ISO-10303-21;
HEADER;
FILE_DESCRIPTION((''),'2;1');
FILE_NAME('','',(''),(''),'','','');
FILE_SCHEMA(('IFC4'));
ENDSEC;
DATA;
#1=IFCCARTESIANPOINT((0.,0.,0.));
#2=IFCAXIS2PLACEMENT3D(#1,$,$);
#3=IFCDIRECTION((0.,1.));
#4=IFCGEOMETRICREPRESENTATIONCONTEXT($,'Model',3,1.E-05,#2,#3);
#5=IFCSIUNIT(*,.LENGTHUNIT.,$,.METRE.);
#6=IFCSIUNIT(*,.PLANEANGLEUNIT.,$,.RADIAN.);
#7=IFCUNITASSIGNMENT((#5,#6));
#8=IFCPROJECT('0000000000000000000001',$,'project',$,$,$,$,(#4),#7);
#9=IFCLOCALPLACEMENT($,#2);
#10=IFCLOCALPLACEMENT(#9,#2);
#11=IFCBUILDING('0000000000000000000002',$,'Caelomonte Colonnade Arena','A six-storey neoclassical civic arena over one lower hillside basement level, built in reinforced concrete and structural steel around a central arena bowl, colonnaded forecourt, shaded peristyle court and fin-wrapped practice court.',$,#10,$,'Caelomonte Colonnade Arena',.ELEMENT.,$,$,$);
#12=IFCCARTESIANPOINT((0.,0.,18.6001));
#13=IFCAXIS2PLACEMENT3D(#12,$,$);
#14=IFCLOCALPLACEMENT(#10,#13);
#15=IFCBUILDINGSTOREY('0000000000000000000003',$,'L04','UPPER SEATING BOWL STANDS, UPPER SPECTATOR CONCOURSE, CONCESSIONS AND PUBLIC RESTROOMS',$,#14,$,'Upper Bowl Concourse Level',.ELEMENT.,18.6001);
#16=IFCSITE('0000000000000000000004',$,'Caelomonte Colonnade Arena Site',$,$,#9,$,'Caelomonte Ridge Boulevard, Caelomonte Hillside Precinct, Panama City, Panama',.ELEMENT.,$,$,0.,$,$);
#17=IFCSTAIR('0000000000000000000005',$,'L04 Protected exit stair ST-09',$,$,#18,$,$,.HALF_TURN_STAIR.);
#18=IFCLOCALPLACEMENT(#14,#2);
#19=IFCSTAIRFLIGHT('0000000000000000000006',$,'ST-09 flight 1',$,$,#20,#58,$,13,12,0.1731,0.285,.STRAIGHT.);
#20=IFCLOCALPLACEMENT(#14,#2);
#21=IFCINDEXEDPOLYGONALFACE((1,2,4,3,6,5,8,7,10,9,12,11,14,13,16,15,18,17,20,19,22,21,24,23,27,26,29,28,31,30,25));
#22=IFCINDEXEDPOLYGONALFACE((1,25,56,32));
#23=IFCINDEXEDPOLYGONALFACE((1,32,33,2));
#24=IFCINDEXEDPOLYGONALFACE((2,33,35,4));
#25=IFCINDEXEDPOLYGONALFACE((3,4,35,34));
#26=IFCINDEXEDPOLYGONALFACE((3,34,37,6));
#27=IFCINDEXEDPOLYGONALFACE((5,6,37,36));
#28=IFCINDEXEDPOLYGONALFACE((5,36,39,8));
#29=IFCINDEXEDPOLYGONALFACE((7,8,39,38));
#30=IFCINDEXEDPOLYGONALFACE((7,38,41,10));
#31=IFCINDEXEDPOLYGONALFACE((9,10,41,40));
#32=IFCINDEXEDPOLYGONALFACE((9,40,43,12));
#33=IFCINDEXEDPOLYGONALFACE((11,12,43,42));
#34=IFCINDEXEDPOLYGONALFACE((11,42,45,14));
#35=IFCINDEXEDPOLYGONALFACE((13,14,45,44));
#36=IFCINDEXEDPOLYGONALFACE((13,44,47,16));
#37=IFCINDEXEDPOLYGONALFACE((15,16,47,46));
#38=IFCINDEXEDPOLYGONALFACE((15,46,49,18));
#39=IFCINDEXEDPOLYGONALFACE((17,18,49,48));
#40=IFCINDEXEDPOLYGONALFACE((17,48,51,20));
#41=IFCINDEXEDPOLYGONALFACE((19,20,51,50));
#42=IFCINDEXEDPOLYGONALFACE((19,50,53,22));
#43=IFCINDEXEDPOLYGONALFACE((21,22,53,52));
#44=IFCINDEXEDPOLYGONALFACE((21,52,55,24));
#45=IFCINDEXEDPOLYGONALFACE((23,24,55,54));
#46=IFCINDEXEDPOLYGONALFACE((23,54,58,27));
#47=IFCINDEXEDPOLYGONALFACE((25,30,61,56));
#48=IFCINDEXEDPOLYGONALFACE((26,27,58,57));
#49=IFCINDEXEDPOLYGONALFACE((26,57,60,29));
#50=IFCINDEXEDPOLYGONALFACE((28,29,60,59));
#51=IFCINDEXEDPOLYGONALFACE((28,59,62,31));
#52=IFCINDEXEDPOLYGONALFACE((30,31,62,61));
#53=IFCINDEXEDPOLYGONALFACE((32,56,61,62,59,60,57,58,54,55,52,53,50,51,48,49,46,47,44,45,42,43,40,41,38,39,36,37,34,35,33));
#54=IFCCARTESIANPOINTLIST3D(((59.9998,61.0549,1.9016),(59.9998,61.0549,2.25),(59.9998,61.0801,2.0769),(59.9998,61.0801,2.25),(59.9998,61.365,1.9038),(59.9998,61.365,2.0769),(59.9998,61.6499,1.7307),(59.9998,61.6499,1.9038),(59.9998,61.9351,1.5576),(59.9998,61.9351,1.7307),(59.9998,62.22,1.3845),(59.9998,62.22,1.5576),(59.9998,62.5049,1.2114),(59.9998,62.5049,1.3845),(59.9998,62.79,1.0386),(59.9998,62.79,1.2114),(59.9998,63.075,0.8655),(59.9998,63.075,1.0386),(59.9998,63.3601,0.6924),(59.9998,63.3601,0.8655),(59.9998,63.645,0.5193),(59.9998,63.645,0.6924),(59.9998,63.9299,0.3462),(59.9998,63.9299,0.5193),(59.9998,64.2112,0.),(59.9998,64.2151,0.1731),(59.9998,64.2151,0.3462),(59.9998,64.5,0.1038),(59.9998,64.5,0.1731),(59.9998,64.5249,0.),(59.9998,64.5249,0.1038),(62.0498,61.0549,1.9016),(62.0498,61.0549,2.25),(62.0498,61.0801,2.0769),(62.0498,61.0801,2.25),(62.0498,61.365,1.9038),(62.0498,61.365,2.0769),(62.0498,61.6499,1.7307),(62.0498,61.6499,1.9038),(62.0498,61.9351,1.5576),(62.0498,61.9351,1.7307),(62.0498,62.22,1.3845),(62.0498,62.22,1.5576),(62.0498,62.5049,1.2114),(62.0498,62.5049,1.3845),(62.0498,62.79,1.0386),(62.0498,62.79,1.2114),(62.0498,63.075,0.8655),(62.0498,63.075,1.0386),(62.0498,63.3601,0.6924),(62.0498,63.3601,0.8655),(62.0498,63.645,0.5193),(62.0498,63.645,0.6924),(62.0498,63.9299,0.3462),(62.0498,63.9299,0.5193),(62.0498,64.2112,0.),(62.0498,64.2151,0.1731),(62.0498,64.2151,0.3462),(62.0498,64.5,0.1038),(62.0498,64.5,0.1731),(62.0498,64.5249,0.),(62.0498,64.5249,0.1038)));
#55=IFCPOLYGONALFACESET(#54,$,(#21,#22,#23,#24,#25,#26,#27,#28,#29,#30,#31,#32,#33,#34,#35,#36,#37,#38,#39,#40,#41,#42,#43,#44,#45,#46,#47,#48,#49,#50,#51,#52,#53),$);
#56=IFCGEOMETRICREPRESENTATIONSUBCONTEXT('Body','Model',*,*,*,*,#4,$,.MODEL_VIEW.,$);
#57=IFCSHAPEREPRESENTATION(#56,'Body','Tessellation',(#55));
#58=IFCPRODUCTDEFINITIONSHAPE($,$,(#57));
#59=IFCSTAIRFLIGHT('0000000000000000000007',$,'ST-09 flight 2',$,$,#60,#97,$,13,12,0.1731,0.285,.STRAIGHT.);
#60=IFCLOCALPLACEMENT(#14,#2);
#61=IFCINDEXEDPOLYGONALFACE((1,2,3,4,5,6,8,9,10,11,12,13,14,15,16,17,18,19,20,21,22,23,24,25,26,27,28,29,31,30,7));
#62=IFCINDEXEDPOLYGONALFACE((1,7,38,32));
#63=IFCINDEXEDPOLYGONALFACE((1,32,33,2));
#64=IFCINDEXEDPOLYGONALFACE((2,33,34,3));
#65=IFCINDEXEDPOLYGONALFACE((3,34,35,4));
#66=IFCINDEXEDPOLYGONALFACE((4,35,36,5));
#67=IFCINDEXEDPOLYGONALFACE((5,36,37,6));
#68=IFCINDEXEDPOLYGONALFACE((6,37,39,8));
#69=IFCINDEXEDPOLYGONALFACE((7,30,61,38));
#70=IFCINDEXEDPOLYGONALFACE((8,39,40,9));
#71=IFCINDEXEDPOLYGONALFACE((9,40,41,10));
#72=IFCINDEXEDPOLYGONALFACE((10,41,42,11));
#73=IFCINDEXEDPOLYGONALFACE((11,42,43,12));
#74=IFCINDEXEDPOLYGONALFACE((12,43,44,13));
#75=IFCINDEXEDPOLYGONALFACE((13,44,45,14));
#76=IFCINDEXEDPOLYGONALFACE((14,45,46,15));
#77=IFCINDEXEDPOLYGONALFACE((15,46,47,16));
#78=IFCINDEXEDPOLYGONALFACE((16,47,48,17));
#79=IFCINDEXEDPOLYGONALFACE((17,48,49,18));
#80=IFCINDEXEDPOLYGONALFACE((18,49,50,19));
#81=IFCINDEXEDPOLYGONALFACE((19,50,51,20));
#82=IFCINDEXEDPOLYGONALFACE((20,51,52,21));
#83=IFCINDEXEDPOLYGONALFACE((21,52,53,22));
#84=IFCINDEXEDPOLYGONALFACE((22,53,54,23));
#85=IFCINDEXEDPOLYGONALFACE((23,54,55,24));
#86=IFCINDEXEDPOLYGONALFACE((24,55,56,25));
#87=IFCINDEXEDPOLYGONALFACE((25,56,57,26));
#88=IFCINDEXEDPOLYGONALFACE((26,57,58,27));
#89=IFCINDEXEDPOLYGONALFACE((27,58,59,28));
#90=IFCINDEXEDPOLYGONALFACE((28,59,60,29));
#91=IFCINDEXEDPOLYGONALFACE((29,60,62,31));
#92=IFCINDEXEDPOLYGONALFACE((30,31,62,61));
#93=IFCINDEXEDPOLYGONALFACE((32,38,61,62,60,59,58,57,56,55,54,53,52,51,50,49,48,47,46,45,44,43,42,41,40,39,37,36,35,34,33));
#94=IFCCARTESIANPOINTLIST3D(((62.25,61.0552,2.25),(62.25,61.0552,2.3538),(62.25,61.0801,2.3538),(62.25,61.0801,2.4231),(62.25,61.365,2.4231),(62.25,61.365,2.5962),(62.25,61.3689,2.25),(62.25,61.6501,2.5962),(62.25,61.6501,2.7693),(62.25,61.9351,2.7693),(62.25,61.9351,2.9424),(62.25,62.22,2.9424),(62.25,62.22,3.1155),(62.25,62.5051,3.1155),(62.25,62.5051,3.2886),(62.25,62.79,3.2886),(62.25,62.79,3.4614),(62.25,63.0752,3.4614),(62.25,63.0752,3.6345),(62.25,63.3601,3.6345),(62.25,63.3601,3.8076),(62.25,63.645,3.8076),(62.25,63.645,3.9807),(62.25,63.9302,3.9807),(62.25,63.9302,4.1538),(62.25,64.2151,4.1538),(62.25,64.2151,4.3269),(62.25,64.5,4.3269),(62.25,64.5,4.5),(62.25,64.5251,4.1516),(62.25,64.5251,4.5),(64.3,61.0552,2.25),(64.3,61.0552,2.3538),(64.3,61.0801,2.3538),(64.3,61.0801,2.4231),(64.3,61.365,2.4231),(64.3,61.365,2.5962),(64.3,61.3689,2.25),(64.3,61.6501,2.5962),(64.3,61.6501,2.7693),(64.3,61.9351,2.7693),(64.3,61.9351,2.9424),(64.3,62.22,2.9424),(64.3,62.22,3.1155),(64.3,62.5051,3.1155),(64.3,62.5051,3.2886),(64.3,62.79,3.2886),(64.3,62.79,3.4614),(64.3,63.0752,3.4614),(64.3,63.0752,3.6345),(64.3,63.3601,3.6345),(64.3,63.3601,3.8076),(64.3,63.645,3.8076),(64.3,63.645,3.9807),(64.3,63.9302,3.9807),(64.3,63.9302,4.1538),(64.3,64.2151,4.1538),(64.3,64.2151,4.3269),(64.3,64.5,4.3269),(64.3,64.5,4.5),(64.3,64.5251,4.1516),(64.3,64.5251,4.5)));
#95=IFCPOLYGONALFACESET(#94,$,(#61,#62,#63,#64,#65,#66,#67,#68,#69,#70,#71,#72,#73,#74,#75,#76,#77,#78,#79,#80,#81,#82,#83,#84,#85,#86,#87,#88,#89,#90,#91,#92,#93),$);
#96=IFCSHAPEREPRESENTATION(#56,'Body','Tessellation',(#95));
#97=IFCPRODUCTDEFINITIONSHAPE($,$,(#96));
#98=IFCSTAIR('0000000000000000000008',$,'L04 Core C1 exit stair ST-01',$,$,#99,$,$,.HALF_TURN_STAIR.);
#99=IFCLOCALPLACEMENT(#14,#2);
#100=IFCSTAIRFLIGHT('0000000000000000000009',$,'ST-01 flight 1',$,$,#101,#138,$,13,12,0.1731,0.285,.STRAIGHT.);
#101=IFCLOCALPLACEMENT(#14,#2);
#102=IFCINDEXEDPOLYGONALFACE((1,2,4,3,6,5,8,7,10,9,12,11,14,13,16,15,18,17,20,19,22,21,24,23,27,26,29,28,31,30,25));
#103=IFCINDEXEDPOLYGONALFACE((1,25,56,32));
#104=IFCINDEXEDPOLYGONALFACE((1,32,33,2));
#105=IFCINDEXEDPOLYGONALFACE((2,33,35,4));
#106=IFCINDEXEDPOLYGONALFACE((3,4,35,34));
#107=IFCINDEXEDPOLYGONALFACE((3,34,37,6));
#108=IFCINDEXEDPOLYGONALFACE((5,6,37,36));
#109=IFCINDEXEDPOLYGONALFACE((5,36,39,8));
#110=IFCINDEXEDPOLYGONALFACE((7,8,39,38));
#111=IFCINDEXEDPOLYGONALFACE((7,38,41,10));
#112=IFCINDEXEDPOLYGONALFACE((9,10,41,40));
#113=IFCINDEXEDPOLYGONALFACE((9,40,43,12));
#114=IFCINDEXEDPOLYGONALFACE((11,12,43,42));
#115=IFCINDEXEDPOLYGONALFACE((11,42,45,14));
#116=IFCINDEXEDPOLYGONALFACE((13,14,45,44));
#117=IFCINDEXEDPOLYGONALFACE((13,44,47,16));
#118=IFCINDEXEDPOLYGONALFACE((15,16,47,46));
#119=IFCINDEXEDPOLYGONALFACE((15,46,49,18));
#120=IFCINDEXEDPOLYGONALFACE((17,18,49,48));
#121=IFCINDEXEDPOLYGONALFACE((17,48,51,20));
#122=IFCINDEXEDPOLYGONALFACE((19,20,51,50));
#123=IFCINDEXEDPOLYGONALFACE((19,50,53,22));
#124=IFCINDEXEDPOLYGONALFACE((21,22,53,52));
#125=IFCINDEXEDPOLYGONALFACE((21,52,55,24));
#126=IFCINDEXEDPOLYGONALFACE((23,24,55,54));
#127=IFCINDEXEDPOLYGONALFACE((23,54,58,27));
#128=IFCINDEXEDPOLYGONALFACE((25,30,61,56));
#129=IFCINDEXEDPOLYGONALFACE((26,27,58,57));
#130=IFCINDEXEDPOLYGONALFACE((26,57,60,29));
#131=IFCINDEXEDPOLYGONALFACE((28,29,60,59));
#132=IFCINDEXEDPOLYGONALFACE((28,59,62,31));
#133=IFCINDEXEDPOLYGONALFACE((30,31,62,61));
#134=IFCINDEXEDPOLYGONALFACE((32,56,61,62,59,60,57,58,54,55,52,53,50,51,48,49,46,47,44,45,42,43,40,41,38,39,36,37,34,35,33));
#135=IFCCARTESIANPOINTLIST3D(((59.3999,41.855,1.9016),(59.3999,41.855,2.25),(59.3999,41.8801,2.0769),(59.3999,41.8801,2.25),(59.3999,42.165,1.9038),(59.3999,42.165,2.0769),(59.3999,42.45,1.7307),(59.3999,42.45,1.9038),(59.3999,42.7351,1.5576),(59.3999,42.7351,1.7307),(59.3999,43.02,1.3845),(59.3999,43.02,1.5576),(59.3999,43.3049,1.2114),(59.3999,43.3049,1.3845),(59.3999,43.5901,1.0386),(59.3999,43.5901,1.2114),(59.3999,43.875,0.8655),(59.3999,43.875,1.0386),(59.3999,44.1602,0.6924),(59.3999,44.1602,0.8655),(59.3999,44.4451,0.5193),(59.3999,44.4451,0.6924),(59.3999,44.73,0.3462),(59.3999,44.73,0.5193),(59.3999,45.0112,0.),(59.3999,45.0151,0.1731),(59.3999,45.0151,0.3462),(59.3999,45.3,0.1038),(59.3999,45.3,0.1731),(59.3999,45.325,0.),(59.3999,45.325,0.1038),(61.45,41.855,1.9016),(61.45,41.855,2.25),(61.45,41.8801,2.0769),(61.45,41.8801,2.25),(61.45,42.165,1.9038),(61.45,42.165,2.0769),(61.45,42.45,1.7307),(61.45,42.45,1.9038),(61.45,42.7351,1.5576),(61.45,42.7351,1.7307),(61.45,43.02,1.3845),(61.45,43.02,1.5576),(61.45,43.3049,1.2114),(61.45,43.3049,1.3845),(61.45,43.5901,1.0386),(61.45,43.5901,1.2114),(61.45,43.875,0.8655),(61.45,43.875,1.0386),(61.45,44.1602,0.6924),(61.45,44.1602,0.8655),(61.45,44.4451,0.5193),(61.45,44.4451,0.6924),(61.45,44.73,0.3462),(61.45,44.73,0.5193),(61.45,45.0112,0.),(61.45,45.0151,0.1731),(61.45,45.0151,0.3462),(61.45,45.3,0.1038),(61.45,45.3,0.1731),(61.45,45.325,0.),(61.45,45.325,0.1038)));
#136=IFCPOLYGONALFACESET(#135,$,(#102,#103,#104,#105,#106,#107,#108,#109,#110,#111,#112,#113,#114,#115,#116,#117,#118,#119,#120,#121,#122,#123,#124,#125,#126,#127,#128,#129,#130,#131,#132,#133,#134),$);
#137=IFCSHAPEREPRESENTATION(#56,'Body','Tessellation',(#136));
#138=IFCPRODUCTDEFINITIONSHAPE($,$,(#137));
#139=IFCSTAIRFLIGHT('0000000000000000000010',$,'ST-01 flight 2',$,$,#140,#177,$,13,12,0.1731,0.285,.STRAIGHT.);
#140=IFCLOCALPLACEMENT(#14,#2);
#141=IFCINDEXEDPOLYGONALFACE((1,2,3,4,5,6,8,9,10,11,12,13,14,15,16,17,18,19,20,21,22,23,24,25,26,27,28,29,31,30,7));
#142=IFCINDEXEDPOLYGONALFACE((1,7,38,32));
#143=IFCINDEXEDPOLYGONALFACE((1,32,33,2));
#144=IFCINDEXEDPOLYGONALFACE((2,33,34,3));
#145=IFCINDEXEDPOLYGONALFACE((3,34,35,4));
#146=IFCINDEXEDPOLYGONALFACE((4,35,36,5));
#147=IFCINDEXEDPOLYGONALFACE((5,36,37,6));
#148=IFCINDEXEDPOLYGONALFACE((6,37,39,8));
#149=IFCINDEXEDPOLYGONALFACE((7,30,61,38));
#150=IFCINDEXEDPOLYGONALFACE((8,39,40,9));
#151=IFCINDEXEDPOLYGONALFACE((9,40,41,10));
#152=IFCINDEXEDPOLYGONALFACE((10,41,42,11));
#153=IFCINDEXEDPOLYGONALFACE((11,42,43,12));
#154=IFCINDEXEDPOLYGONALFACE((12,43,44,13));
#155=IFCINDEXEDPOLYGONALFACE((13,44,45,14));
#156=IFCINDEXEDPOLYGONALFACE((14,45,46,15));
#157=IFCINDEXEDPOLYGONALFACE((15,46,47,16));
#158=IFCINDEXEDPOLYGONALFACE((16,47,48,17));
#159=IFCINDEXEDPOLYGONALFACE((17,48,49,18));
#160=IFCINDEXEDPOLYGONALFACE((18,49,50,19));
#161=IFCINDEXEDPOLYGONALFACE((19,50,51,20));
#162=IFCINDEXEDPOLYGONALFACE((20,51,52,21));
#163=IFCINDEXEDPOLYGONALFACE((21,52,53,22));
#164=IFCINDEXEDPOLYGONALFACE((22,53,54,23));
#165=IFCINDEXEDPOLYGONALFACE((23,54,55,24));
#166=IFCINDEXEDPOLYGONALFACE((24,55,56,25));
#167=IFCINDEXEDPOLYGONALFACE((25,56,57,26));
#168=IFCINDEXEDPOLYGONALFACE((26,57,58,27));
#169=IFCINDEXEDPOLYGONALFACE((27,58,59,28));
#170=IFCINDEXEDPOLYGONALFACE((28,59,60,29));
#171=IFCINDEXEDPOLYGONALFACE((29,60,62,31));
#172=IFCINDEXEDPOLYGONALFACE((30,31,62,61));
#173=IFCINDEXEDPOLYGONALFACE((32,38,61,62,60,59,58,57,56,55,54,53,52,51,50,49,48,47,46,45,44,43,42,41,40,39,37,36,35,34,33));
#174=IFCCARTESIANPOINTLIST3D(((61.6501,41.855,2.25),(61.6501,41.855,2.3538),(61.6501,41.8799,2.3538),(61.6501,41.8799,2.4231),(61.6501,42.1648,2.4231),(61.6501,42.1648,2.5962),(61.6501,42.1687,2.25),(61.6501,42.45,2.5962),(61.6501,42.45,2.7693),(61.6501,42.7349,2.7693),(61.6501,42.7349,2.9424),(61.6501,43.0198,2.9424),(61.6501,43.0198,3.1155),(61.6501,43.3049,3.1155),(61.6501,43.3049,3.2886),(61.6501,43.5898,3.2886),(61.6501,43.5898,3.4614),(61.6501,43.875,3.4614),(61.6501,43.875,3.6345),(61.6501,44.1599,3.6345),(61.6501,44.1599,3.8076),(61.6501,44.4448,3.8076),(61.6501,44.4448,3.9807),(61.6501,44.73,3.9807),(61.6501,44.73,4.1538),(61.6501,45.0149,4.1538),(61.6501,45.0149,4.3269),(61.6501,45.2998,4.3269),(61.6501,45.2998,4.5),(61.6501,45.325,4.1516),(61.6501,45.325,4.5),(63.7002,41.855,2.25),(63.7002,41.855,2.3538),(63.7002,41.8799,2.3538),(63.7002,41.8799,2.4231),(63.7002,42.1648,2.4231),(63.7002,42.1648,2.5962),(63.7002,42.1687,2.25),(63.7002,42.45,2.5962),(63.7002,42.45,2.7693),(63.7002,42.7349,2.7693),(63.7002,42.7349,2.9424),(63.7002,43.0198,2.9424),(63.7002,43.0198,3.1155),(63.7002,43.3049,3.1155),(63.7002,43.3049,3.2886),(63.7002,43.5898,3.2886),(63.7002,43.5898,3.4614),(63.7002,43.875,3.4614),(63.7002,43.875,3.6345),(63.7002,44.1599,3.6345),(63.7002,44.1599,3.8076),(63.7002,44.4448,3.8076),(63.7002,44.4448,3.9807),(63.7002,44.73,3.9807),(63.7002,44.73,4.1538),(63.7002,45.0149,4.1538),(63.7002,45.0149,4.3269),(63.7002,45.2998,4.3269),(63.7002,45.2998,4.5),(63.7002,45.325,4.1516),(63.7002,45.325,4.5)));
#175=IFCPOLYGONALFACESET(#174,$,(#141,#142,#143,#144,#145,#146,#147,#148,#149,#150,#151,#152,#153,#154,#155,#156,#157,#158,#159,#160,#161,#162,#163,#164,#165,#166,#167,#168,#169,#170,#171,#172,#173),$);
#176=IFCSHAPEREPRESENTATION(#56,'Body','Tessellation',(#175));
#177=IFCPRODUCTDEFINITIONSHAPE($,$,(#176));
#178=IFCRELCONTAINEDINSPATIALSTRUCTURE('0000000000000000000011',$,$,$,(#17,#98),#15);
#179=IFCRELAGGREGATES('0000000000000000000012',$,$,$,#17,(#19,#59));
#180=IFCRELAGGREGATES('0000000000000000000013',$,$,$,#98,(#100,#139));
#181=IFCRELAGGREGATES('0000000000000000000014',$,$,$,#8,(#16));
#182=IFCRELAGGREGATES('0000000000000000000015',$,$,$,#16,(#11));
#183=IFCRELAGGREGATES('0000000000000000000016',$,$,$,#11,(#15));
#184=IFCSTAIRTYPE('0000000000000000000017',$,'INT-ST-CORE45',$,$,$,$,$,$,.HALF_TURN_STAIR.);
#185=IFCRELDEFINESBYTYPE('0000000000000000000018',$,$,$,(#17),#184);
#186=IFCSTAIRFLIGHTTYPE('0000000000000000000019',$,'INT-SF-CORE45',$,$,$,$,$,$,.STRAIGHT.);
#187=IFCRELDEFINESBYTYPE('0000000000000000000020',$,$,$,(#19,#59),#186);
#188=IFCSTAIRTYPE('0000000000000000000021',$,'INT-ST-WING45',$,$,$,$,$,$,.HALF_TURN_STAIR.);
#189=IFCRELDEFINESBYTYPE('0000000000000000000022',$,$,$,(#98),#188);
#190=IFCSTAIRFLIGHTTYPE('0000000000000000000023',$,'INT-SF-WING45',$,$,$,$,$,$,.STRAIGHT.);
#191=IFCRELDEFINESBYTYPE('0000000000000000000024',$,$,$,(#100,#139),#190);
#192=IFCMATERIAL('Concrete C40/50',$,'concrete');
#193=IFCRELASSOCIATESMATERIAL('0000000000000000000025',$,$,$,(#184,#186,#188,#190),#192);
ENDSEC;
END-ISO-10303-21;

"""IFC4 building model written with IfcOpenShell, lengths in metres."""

from ifc_helpers import new_model, si_unit, direction, frame, origin, place, context, subcontext, project, spatial, polyline, outline, extrude, material, type_object, element, aggregate, save


model = new_model("IFC4")

# Units and contexts
model_context = context("Model", 3, precision=1e-05, world=origin(), true_north=direction((0.0, 1.0)))
body_context = subcontext(model_context, "Body", "Model", "MODEL_VIEW")
ifc_project = project(units=[si_unit("LENGTHUNIT", "METRE"), si_unit("PLANEANGLEUNIT", "RADIAN")], contexts=[model_context])

# Site, building, storey
site_placement = place(None, origin())
site = spatial("IfcSite", under=ifc_project, at=site_placement, Name="Caelomonte Colonnade Arena Site", LongName="Caelomonte Ridge Boulevard, Caelomonte Hillside Precinct, Panama City, Panama", CompositionType="ELEMENT", RefElevation=0.0)
building_placement = place(site_placement, origin())
building = spatial("IfcBuilding", under=site, at=building_placement, Name="Caelomonte Colonnade Arena", Description="A six-storey neoclassical civic arena over one lower hillside basement level, built in reinforced concrete and structural steel around a central arena bowl, colonnaded forecourt, shaded peristyle court and fin-wrapped practice court.", LongName="Caelomonte Colonnade Arena", CompositionType="ELEMENT")
storey_placement = place(building_placement, frame((0.0, 0.0, 18.6001)))
storey = spatial("IfcBuildingStorey", under=building, at=storey_placement, Name="L04", Description="UPPER SEATING BOWL STANDS, UPPER SPECTATOR CONCOURSE, CONCESSIONS AND PUBLIC RESTROOMS", LongName="Upper Bowl Concourse Level", CompositionType="ELEMENT", Elevation=18.6001)

# Shared definitions
ifc_material_1 = material(Name="Concrete C40/50", Category="concrete")

# Stairs, stair flights
stair_type_1 = type_object("IfcStairType", Name="INT-ST-CORE45", PredefinedType="HALF_TURN_STAIR", material=ifc_material_1)
stair_1_placement = place(storey_placement, origin())
stair_1 = element("IfcStair", 1, at=stair_1_placement, inside=storey, type_object=stair_type_1, Name="L04 Protected exit stair ST-09", PredefinedType="HALF_TURN_STAIR")
stair_flight_type_1 = type_object("IfcStairFlightType", Name="INT-SF-CORE45", PredefinedType="STRAIGHT", material=ifc_material_1)
stair_flight_1_placement = place(storey_placement, frame((61.0249, 64.5, 0.0), z_axis=(0.0, 0.0, 1.0), x_axis=(0.0, -1.0, 0.0)))
stair_flight_1 = element("IfcStairFlight", 2, at=stair_flight_1_placement, type_object=stair_flight_type_1, Name="ST-09 flight 1", NumberOfRisers=13, NumberOfTreads=12, PredefinedType="STRAIGHT", RiserHeight=0.1731, TreadLength=0.285, context=body_context, shape_type="SweptSolid", body=[
    extrude(outline(polyline([(-0.0249, 0.0), (-0.0249, 0.1038), (0.0, 0.1038), (0.0, 0.1731), (0.2849, 0.1731), (0.2849, 0.3462), (0.5701, 0.3462), (0.5701, 0.5193), (0.855, 0.5193), (0.855, 0.6924), (1.1399, 0.6924), (1.1399, 0.8655), (1.425, 0.8655), (1.425, 1.0386), (1.71, 1.0386), (1.71, 1.2114), (1.9951, 1.2114), (1.9951, 1.3845), (2.28, 1.3845), (2.28, 1.5576), (2.5649, 1.5576), (2.5649, 1.7307), (2.8501, 1.7307), (2.8501, 1.9038), (3.135, 1.9038), (3.135, 2.0769), (3.4199, 2.0769), (3.4199, 2.25), (3.4451, 2.25), (3.4451, 1.9016), (0.2888, 0.0), (-0.0249, 0.0)])), frame((0.0, 1.0249, 0.0), z_axis=(0.0, -1.0, 0.0), x_axis=(1.0, 0.0, 0.0)), (0.0, 0.0, 1.0), 2.05),
])
stair_flight_2_placement = place(storey_placement, frame((63.2749, 61.0801, 2.25), z_axis=(0.0, 0.0, 1.0), x_axis=(0.0, 1.0, 0.0)))
stair_flight_2 = element("IfcStairFlight", 3, at=stair_flight_2_placement, type_object=stair_flight_type_1, Name="ST-09 flight 2", NumberOfRisers=13, NumberOfTreads=12, PredefinedType="STRAIGHT", RiserHeight=0.1731, TreadLength=0.285, context=body_context, shape_type="SweptSolid", body=[
    extrude(outline(polyline([(-0.0249, 0.0), (-0.0249, 0.1038), (0.0, 0.1038), (0.0, 0.1731), (0.2849, 0.1731), (0.2849, 0.3462), (0.5701, 0.3462), (0.5701, 0.5193), (0.855, 0.5193), (0.855, 0.6924), (1.1399, 0.6924), (1.1399, 0.8655), (1.425, 0.8655), (1.425, 1.0386), (1.71, 1.0386), (1.71, 1.2114), (1.9951, 1.2114), (1.9951, 1.3845), (2.28, 1.3845), (2.28, 1.5576), (2.5649, 1.5576), (2.5649, 1.7307), (2.8501, 1.7307), (2.8501, 1.9038), (3.135, 1.9038), (3.135, 2.0769), (3.4199, 2.0769), (3.4199, 2.25), (3.4451, 2.25), (3.4451, 1.9016), (0.2888, 0.0), (-0.0249, 0.0)])), frame((0.0, 1.0249, 0.0), z_axis=(0.0, -1.0, 0.0), x_axis=(1.0, 0.0, 0.0)), (0.0, 0.0, 1.0), 2.05),
])
aggregate(stair_1, [stair_flight_1, stair_flight_2])
stair_type_2 = type_object("IfcStairType", Name="INT-ST-WING45", PredefinedType="HALF_TURN_STAIR", material=ifc_material_1)
stair_2_placement = place(storey_placement, origin())
stair_2 = element("IfcStair", 4, at=stair_2_placement, inside=storey, type_object=stair_type_2, Name="L04 Core C1 exit stair ST-01", PredefinedType="HALF_TURN_STAIR")
stair_flight_type_2 = type_object("IfcStairFlightType", Name="INT-SF-WING45", PredefinedType="STRAIGHT", material=ifc_material_1)
stair_flight_3_placement = place(storey_placement, frame((60.425, 45.3, 0.0), z_axis=(0.0, 0.0, 1.0), x_axis=(0.0, -1.0, 0.0)))
stair_flight_3 = element("IfcStairFlight", 5, at=stair_flight_3_placement, type_object=stair_flight_type_2, Name="ST-01 flight 1", NumberOfRisers=13, NumberOfTreads=12, PredefinedType="STRAIGHT", RiserHeight=0.1731, TreadLength=0.285, context=body_context, shape_type="SweptSolid", body=[
    extrude(outline(polyline([(-0.0249, 0.0), (-0.0249, 0.1038), (0.0, 0.1038), (0.0, 0.1731), (0.2849, 0.1731), (0.2849, 0.3462), (0.5701, 0.3462), (0.5701, 0.5193), (0.855, 0.5193), (0.855, 0.6924), (1.1399, 0.6924), (1.1399, 0.8655), (1.425, 0.8655), (1.425, 1.0386), (1.71, 1.0386), (1.71, 1.2114), (1.9951, 1.2114), (1.9951, 1.3845), (2.28, 1.3845), (2.28, 1.5576), (2.5649, 1.5576), (2.5649, 1.7307), (2.8501, 1.7307), (2.8501, 1.9038), (3.135, 1.9038), (3.135, 2.0769), (3.4199, 2.0769), (3.4199, 2.25), (3.4451, 2.25), (3.4451, 1.9016), (0.2888, 0.0), (-0.0249, 0.0)])), frame((0.0, 1.0249, 0.0), z_axis=(0.0, -1.0, 0.0), x_axis=(1.0, 0.0, 0.0)), (0.0, 0.0, 1.0), 2.05),
])
stair_flight_4_placement = place(storey_placement, frame((62.675, 41.8799, 2.25), z_axis=(0.0, 0.0, 1.0), x_axis=(0.0, 1.0, 0.0)))
stair_flight_4 = element("IfcStairFlight", 6, at=stair_flight_4_placement, type_object=stair_flight_type_2, Name="ST-01 flight 2", NumberOfRisers=13, NumberOfTreads=12, PredefinedType="STRAIGHT", RiserHeight=0.1731, TreadLength=0.285, context=body_context, shape_type="SweptSolid", body=[
    extrude(outline(polyline([(-0.0249, 0.0), (-0.0249, 0.1038), (0.0, 0.1038), (0.0, 0.1731), (0.2849, 0.1731), (0.2849, 0.3462), (0.5701, 0.3462), (0.5701, 0.5193), (0.855, 0.5193), (0.855, 0.6924), (1.1399, 0.6924), (1.1399, 0.8655), (1.425, 0.8655), (1.425, 1.0386), (1.71, 1.0386), (1.71, 1.2114), (1.9951, 1.2114), (1.9951, 1.3845), (2.28, 1.3845), (2.28, 1.5576), (2.5649, 1.5576), (2.5649, 1.7307), (2.8501, 1.7307), (2.8501, 1.9038), (3.135, 1.9038), (3.135, 2.0769), (3.4199, 2.0769), (3.4199, 2.25), (3.4451, 2.25), (3.4451, 1.9016), (0.2888, 0.0), (-0.0249, 0.0)])), frame((0.0, 1.0249, 0.0), z_axis=(0.0, -1.0, 0.0), x_axis=(1.0, 0.0, 0.0)), (0.0, 0.0, 1.0), 2.05),
])
aggregate(stair_2, [stair_flight_3, stair_flight_4])

save(model, "model.ifc")
